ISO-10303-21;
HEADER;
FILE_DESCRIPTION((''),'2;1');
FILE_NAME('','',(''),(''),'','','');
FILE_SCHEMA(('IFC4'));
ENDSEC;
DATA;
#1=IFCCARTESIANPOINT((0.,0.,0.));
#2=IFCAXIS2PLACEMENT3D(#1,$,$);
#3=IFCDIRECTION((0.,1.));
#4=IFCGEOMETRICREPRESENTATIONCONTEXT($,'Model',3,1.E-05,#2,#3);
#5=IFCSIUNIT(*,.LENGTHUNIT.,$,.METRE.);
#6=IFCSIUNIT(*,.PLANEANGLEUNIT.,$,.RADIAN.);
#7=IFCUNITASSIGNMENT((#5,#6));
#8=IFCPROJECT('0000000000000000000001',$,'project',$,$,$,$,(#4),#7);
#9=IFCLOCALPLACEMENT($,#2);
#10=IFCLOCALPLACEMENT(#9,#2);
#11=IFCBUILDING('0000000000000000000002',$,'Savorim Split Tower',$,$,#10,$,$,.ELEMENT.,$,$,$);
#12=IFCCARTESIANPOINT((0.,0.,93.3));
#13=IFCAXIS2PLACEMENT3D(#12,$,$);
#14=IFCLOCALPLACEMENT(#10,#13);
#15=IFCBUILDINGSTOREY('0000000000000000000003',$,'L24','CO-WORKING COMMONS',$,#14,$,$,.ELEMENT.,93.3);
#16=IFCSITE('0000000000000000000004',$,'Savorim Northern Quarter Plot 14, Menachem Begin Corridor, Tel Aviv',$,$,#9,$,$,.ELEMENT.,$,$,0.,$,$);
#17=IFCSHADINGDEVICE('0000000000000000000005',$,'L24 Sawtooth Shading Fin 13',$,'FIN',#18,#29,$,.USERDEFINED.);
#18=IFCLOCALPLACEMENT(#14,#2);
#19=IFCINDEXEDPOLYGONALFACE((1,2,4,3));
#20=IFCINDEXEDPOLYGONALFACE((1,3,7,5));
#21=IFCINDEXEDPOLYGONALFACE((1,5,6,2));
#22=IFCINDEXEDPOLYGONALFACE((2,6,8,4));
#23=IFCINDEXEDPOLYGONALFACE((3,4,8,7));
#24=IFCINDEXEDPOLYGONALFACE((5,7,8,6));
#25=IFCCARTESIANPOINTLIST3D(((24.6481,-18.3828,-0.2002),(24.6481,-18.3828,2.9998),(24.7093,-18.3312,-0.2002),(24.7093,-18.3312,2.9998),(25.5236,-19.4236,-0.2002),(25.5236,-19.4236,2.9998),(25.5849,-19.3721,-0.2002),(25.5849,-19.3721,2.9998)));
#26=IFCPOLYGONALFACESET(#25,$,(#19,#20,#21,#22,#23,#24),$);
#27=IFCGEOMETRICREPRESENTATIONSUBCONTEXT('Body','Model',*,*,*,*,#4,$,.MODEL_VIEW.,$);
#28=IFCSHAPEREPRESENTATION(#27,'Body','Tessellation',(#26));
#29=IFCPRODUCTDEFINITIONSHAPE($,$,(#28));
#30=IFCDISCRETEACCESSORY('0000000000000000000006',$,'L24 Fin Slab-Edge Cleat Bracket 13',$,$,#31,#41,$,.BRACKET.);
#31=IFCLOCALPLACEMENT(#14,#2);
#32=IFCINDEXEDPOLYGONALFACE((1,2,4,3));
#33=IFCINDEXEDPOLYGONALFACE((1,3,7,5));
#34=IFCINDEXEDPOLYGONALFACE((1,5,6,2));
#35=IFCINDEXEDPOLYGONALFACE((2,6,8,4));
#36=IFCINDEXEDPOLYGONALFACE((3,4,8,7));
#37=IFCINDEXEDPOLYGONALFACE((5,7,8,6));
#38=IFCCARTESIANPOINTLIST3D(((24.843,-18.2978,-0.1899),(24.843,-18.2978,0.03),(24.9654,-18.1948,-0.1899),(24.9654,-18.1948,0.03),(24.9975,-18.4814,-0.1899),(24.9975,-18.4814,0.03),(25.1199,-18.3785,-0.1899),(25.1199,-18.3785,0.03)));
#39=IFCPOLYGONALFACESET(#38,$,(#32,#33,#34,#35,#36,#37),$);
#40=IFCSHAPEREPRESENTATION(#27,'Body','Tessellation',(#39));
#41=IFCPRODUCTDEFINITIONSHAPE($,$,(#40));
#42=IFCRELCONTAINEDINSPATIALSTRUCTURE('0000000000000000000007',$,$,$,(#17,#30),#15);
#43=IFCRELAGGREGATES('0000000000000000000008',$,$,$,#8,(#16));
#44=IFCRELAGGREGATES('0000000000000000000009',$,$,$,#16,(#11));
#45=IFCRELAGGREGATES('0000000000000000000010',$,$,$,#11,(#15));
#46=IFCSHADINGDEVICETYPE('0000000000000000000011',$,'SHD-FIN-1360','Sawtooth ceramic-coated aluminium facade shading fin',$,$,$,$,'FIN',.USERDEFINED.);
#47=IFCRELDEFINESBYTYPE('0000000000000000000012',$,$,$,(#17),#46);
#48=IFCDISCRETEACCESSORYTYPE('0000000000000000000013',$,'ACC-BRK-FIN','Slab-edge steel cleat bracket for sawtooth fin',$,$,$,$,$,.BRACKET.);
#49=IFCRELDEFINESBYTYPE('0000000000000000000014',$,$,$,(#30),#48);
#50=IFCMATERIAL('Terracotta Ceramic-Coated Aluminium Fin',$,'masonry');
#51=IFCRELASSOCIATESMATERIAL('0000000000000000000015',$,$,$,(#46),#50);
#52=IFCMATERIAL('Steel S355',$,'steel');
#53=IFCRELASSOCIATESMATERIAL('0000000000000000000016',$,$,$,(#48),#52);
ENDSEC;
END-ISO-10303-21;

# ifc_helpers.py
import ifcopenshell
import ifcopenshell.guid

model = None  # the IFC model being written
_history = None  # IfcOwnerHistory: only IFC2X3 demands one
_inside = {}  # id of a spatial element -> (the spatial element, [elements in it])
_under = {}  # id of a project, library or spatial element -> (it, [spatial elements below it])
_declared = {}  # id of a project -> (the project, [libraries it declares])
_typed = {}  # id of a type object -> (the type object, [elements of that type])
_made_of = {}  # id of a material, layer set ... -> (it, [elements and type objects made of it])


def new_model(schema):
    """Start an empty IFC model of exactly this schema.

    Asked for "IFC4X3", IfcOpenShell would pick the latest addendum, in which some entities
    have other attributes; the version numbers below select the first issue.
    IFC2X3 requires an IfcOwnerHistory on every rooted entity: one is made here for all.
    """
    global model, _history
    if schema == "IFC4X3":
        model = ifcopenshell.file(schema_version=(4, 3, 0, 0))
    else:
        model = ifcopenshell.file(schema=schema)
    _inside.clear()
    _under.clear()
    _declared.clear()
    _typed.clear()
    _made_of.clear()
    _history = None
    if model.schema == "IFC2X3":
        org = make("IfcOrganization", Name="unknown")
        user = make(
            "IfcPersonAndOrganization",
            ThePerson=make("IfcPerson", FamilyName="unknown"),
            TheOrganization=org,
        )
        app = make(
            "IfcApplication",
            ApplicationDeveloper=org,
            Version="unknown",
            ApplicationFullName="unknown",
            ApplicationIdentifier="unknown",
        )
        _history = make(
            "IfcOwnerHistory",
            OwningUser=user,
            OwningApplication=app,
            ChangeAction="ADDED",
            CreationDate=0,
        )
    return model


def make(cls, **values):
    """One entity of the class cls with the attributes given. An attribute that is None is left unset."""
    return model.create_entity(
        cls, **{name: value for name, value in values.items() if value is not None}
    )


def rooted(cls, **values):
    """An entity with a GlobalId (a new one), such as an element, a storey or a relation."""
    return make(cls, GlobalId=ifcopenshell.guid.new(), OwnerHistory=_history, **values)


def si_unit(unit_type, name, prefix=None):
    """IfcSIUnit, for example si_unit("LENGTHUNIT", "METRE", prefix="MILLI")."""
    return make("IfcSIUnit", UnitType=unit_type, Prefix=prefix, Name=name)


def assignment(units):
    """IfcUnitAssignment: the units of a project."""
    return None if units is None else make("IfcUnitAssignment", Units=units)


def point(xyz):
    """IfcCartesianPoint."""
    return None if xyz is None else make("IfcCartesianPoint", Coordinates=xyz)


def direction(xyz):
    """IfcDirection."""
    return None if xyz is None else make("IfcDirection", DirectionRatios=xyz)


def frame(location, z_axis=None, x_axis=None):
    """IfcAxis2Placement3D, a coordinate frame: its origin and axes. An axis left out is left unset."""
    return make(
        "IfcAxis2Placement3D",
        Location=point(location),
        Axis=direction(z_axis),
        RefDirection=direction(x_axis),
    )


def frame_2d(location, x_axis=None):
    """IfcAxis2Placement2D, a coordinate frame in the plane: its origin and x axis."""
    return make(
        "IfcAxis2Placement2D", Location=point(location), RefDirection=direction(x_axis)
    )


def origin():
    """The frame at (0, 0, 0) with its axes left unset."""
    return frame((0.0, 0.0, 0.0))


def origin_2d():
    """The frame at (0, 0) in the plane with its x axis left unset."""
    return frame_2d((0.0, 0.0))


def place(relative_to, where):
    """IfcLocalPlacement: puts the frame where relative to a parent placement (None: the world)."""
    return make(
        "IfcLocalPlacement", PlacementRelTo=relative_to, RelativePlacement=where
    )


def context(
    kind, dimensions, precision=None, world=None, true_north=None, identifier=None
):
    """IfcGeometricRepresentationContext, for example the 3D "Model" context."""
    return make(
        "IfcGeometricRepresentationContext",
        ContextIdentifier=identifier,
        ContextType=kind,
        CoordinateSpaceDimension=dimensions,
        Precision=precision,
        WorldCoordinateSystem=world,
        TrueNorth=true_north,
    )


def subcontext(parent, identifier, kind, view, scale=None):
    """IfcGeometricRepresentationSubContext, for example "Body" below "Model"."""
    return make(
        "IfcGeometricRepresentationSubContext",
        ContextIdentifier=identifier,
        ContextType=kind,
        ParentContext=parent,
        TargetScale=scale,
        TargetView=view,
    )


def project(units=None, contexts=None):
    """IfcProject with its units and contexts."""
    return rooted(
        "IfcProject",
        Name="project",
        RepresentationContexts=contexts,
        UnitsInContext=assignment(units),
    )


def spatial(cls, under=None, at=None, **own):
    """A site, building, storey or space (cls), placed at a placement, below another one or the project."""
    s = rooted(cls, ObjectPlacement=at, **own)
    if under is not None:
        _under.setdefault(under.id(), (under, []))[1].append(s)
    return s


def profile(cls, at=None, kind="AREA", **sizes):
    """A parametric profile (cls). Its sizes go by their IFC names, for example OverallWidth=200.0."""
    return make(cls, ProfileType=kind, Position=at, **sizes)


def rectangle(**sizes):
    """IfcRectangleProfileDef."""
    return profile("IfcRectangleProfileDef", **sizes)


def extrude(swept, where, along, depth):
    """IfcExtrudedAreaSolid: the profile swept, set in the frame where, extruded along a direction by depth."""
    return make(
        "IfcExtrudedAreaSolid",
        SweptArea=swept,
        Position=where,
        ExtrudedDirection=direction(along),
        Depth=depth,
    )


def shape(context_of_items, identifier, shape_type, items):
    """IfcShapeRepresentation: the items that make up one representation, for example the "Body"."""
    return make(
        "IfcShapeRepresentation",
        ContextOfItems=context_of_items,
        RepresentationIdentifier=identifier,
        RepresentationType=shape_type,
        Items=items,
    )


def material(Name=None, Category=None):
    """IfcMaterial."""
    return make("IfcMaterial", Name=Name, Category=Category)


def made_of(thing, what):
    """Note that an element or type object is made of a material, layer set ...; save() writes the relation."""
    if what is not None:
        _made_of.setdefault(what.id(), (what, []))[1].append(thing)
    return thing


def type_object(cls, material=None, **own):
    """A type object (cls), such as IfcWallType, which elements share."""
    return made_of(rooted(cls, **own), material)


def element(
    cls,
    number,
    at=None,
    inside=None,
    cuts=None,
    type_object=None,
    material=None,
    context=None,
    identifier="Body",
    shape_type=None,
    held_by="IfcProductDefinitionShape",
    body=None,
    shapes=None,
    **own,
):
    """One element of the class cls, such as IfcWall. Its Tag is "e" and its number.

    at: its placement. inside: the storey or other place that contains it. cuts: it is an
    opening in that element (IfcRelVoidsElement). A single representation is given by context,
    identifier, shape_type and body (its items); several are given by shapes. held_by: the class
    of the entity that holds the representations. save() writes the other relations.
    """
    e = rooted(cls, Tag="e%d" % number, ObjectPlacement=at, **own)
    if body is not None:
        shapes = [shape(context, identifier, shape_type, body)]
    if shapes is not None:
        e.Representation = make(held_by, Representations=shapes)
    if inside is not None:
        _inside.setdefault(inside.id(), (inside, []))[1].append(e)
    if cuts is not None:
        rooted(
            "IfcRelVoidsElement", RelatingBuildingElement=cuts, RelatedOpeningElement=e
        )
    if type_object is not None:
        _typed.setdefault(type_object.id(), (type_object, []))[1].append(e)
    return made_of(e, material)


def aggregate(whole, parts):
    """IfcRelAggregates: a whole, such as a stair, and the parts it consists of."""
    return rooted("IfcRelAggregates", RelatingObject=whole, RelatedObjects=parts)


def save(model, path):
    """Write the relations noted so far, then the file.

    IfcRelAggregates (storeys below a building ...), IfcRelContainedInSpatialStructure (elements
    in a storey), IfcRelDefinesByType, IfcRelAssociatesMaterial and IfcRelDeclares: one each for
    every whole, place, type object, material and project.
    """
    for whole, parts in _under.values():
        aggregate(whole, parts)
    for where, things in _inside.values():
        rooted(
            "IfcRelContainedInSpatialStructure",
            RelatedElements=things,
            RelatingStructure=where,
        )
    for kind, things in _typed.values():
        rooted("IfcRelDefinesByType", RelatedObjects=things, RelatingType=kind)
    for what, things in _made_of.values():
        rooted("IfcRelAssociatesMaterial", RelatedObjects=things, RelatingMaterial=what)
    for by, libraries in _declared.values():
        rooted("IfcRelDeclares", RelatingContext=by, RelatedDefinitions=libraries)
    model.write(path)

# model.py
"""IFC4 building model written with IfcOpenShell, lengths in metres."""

from ifc_helpers import new_model, si_unit, direction, frame, origin, origin_2d, place, context, subcontext, project, spatial, rectangle, extrude, material, type_object, element, save


model = new_model("IFC4")

# Units and contexts
model_context = context("Model", 3, precision=1e-05, world=origin(), true_north=direction((0.0, 1.0)))
body_context = subcontext(model_context, "Body", "Model", "MODEL_VIEW")
ifc_project = project(units=[si_unit("LENGTHUNIT", "METRE"), si_unit("PLANEANGLEUNIT", "RADIAN")], contexts=[model_context])

# Site, building, storey
site_placement = place(None, origin())
site = spatial("IfcSite", under=ifc_project, at=site_placement, Name="Savorim Northern Quarter Plot 14, Menachem Begin Corridor, Tel Aviv", CompositionType="ELEMENT", RefElevation=0.0)
building_placement = place(site_placement, origin())
building = spatial("IfcBuilding", under=site, at=building_placement, Name="Savorim Split Tower", CompositionType="ELEMENT")
storey_placement = place(building_placement, frame((0.0, 0.0, 93.3)))
storey = spatial("IfcBuildingStorey", under=building, at=storey_placement, Name="L24", Description="CO-WORKING COMMONS", CompositionType="ELEMENT", Elevation=93.3)

# Shared definitions
ifc_material_1 = material(Name="Steel S355", Category="steel")

# Shading device
ifc_material_2 = material(Name="Terracotta Ceramic-Coated Aluminium Fin", Category="masonry")
shading_device_type = type_object("IfcShadingDeviceType", Name="SHD-FIN-1360", Description="Sawtooth ceramic-coated aluminium facade shading fin", ElementType="FIN", PredefinedType="USERDEFINED", material=ifc_material_2)
shading_device_placement = place(storey_placement, frame((25.1165, -18.8774, -0.2002), z_axis=(0.0, 0.0, 1.0), x_axis=(0.643719, -0.765262, 0.0)))
element("IfcShadingDevice", 1, at=shading_device_placement, inside=storey, type_object=shading_device_type, Name="L24 Sawtooth Shading Fin 13", ObjectType="FIN", PredefinedType="USERDEFINED", context=body_context, shape_type="SweptSolid", body=[
    extrude(rectangle(XDim=1.3601, YDim=0.0801, at=origin_2d()), origin(), (0.0, 0.0, 1.0), 3.2),
])

# Discrete accessory
discrete_accessory_type = type_object("IfcDiscreteAccessoryType", Name="ACC-BRK-FIN", Description="Slab-edge steel cleat bracket for sawtooth fin", PredefinedType="BRACKET", material=ifc_material_1)
discrete_accessory_placement = place(storey_placement, frame((24.9814, -18.3381, -0.1899), z_axis=(0.0, 0.0, 1.0), x_axis=(0.643719, -0.765262, 0.0)))
element("IfcDiscreteAccessory", 2, at=discrete_accessory_placement, inside=storey, type_object=discrete_accessory_type, Name="L24 Fin Slab-Edge Cleat Bracket 13", PredefinedType="BRACKET", context=body_context, shape_type="SweptSolid", body=[
    extrude(rectangle(XDim=0.24, YDim=0.1599, at=origin_2d()), origin(), (0.0, 0.0, 1.0), 0.22),
])

save(model, "model.ifc")
